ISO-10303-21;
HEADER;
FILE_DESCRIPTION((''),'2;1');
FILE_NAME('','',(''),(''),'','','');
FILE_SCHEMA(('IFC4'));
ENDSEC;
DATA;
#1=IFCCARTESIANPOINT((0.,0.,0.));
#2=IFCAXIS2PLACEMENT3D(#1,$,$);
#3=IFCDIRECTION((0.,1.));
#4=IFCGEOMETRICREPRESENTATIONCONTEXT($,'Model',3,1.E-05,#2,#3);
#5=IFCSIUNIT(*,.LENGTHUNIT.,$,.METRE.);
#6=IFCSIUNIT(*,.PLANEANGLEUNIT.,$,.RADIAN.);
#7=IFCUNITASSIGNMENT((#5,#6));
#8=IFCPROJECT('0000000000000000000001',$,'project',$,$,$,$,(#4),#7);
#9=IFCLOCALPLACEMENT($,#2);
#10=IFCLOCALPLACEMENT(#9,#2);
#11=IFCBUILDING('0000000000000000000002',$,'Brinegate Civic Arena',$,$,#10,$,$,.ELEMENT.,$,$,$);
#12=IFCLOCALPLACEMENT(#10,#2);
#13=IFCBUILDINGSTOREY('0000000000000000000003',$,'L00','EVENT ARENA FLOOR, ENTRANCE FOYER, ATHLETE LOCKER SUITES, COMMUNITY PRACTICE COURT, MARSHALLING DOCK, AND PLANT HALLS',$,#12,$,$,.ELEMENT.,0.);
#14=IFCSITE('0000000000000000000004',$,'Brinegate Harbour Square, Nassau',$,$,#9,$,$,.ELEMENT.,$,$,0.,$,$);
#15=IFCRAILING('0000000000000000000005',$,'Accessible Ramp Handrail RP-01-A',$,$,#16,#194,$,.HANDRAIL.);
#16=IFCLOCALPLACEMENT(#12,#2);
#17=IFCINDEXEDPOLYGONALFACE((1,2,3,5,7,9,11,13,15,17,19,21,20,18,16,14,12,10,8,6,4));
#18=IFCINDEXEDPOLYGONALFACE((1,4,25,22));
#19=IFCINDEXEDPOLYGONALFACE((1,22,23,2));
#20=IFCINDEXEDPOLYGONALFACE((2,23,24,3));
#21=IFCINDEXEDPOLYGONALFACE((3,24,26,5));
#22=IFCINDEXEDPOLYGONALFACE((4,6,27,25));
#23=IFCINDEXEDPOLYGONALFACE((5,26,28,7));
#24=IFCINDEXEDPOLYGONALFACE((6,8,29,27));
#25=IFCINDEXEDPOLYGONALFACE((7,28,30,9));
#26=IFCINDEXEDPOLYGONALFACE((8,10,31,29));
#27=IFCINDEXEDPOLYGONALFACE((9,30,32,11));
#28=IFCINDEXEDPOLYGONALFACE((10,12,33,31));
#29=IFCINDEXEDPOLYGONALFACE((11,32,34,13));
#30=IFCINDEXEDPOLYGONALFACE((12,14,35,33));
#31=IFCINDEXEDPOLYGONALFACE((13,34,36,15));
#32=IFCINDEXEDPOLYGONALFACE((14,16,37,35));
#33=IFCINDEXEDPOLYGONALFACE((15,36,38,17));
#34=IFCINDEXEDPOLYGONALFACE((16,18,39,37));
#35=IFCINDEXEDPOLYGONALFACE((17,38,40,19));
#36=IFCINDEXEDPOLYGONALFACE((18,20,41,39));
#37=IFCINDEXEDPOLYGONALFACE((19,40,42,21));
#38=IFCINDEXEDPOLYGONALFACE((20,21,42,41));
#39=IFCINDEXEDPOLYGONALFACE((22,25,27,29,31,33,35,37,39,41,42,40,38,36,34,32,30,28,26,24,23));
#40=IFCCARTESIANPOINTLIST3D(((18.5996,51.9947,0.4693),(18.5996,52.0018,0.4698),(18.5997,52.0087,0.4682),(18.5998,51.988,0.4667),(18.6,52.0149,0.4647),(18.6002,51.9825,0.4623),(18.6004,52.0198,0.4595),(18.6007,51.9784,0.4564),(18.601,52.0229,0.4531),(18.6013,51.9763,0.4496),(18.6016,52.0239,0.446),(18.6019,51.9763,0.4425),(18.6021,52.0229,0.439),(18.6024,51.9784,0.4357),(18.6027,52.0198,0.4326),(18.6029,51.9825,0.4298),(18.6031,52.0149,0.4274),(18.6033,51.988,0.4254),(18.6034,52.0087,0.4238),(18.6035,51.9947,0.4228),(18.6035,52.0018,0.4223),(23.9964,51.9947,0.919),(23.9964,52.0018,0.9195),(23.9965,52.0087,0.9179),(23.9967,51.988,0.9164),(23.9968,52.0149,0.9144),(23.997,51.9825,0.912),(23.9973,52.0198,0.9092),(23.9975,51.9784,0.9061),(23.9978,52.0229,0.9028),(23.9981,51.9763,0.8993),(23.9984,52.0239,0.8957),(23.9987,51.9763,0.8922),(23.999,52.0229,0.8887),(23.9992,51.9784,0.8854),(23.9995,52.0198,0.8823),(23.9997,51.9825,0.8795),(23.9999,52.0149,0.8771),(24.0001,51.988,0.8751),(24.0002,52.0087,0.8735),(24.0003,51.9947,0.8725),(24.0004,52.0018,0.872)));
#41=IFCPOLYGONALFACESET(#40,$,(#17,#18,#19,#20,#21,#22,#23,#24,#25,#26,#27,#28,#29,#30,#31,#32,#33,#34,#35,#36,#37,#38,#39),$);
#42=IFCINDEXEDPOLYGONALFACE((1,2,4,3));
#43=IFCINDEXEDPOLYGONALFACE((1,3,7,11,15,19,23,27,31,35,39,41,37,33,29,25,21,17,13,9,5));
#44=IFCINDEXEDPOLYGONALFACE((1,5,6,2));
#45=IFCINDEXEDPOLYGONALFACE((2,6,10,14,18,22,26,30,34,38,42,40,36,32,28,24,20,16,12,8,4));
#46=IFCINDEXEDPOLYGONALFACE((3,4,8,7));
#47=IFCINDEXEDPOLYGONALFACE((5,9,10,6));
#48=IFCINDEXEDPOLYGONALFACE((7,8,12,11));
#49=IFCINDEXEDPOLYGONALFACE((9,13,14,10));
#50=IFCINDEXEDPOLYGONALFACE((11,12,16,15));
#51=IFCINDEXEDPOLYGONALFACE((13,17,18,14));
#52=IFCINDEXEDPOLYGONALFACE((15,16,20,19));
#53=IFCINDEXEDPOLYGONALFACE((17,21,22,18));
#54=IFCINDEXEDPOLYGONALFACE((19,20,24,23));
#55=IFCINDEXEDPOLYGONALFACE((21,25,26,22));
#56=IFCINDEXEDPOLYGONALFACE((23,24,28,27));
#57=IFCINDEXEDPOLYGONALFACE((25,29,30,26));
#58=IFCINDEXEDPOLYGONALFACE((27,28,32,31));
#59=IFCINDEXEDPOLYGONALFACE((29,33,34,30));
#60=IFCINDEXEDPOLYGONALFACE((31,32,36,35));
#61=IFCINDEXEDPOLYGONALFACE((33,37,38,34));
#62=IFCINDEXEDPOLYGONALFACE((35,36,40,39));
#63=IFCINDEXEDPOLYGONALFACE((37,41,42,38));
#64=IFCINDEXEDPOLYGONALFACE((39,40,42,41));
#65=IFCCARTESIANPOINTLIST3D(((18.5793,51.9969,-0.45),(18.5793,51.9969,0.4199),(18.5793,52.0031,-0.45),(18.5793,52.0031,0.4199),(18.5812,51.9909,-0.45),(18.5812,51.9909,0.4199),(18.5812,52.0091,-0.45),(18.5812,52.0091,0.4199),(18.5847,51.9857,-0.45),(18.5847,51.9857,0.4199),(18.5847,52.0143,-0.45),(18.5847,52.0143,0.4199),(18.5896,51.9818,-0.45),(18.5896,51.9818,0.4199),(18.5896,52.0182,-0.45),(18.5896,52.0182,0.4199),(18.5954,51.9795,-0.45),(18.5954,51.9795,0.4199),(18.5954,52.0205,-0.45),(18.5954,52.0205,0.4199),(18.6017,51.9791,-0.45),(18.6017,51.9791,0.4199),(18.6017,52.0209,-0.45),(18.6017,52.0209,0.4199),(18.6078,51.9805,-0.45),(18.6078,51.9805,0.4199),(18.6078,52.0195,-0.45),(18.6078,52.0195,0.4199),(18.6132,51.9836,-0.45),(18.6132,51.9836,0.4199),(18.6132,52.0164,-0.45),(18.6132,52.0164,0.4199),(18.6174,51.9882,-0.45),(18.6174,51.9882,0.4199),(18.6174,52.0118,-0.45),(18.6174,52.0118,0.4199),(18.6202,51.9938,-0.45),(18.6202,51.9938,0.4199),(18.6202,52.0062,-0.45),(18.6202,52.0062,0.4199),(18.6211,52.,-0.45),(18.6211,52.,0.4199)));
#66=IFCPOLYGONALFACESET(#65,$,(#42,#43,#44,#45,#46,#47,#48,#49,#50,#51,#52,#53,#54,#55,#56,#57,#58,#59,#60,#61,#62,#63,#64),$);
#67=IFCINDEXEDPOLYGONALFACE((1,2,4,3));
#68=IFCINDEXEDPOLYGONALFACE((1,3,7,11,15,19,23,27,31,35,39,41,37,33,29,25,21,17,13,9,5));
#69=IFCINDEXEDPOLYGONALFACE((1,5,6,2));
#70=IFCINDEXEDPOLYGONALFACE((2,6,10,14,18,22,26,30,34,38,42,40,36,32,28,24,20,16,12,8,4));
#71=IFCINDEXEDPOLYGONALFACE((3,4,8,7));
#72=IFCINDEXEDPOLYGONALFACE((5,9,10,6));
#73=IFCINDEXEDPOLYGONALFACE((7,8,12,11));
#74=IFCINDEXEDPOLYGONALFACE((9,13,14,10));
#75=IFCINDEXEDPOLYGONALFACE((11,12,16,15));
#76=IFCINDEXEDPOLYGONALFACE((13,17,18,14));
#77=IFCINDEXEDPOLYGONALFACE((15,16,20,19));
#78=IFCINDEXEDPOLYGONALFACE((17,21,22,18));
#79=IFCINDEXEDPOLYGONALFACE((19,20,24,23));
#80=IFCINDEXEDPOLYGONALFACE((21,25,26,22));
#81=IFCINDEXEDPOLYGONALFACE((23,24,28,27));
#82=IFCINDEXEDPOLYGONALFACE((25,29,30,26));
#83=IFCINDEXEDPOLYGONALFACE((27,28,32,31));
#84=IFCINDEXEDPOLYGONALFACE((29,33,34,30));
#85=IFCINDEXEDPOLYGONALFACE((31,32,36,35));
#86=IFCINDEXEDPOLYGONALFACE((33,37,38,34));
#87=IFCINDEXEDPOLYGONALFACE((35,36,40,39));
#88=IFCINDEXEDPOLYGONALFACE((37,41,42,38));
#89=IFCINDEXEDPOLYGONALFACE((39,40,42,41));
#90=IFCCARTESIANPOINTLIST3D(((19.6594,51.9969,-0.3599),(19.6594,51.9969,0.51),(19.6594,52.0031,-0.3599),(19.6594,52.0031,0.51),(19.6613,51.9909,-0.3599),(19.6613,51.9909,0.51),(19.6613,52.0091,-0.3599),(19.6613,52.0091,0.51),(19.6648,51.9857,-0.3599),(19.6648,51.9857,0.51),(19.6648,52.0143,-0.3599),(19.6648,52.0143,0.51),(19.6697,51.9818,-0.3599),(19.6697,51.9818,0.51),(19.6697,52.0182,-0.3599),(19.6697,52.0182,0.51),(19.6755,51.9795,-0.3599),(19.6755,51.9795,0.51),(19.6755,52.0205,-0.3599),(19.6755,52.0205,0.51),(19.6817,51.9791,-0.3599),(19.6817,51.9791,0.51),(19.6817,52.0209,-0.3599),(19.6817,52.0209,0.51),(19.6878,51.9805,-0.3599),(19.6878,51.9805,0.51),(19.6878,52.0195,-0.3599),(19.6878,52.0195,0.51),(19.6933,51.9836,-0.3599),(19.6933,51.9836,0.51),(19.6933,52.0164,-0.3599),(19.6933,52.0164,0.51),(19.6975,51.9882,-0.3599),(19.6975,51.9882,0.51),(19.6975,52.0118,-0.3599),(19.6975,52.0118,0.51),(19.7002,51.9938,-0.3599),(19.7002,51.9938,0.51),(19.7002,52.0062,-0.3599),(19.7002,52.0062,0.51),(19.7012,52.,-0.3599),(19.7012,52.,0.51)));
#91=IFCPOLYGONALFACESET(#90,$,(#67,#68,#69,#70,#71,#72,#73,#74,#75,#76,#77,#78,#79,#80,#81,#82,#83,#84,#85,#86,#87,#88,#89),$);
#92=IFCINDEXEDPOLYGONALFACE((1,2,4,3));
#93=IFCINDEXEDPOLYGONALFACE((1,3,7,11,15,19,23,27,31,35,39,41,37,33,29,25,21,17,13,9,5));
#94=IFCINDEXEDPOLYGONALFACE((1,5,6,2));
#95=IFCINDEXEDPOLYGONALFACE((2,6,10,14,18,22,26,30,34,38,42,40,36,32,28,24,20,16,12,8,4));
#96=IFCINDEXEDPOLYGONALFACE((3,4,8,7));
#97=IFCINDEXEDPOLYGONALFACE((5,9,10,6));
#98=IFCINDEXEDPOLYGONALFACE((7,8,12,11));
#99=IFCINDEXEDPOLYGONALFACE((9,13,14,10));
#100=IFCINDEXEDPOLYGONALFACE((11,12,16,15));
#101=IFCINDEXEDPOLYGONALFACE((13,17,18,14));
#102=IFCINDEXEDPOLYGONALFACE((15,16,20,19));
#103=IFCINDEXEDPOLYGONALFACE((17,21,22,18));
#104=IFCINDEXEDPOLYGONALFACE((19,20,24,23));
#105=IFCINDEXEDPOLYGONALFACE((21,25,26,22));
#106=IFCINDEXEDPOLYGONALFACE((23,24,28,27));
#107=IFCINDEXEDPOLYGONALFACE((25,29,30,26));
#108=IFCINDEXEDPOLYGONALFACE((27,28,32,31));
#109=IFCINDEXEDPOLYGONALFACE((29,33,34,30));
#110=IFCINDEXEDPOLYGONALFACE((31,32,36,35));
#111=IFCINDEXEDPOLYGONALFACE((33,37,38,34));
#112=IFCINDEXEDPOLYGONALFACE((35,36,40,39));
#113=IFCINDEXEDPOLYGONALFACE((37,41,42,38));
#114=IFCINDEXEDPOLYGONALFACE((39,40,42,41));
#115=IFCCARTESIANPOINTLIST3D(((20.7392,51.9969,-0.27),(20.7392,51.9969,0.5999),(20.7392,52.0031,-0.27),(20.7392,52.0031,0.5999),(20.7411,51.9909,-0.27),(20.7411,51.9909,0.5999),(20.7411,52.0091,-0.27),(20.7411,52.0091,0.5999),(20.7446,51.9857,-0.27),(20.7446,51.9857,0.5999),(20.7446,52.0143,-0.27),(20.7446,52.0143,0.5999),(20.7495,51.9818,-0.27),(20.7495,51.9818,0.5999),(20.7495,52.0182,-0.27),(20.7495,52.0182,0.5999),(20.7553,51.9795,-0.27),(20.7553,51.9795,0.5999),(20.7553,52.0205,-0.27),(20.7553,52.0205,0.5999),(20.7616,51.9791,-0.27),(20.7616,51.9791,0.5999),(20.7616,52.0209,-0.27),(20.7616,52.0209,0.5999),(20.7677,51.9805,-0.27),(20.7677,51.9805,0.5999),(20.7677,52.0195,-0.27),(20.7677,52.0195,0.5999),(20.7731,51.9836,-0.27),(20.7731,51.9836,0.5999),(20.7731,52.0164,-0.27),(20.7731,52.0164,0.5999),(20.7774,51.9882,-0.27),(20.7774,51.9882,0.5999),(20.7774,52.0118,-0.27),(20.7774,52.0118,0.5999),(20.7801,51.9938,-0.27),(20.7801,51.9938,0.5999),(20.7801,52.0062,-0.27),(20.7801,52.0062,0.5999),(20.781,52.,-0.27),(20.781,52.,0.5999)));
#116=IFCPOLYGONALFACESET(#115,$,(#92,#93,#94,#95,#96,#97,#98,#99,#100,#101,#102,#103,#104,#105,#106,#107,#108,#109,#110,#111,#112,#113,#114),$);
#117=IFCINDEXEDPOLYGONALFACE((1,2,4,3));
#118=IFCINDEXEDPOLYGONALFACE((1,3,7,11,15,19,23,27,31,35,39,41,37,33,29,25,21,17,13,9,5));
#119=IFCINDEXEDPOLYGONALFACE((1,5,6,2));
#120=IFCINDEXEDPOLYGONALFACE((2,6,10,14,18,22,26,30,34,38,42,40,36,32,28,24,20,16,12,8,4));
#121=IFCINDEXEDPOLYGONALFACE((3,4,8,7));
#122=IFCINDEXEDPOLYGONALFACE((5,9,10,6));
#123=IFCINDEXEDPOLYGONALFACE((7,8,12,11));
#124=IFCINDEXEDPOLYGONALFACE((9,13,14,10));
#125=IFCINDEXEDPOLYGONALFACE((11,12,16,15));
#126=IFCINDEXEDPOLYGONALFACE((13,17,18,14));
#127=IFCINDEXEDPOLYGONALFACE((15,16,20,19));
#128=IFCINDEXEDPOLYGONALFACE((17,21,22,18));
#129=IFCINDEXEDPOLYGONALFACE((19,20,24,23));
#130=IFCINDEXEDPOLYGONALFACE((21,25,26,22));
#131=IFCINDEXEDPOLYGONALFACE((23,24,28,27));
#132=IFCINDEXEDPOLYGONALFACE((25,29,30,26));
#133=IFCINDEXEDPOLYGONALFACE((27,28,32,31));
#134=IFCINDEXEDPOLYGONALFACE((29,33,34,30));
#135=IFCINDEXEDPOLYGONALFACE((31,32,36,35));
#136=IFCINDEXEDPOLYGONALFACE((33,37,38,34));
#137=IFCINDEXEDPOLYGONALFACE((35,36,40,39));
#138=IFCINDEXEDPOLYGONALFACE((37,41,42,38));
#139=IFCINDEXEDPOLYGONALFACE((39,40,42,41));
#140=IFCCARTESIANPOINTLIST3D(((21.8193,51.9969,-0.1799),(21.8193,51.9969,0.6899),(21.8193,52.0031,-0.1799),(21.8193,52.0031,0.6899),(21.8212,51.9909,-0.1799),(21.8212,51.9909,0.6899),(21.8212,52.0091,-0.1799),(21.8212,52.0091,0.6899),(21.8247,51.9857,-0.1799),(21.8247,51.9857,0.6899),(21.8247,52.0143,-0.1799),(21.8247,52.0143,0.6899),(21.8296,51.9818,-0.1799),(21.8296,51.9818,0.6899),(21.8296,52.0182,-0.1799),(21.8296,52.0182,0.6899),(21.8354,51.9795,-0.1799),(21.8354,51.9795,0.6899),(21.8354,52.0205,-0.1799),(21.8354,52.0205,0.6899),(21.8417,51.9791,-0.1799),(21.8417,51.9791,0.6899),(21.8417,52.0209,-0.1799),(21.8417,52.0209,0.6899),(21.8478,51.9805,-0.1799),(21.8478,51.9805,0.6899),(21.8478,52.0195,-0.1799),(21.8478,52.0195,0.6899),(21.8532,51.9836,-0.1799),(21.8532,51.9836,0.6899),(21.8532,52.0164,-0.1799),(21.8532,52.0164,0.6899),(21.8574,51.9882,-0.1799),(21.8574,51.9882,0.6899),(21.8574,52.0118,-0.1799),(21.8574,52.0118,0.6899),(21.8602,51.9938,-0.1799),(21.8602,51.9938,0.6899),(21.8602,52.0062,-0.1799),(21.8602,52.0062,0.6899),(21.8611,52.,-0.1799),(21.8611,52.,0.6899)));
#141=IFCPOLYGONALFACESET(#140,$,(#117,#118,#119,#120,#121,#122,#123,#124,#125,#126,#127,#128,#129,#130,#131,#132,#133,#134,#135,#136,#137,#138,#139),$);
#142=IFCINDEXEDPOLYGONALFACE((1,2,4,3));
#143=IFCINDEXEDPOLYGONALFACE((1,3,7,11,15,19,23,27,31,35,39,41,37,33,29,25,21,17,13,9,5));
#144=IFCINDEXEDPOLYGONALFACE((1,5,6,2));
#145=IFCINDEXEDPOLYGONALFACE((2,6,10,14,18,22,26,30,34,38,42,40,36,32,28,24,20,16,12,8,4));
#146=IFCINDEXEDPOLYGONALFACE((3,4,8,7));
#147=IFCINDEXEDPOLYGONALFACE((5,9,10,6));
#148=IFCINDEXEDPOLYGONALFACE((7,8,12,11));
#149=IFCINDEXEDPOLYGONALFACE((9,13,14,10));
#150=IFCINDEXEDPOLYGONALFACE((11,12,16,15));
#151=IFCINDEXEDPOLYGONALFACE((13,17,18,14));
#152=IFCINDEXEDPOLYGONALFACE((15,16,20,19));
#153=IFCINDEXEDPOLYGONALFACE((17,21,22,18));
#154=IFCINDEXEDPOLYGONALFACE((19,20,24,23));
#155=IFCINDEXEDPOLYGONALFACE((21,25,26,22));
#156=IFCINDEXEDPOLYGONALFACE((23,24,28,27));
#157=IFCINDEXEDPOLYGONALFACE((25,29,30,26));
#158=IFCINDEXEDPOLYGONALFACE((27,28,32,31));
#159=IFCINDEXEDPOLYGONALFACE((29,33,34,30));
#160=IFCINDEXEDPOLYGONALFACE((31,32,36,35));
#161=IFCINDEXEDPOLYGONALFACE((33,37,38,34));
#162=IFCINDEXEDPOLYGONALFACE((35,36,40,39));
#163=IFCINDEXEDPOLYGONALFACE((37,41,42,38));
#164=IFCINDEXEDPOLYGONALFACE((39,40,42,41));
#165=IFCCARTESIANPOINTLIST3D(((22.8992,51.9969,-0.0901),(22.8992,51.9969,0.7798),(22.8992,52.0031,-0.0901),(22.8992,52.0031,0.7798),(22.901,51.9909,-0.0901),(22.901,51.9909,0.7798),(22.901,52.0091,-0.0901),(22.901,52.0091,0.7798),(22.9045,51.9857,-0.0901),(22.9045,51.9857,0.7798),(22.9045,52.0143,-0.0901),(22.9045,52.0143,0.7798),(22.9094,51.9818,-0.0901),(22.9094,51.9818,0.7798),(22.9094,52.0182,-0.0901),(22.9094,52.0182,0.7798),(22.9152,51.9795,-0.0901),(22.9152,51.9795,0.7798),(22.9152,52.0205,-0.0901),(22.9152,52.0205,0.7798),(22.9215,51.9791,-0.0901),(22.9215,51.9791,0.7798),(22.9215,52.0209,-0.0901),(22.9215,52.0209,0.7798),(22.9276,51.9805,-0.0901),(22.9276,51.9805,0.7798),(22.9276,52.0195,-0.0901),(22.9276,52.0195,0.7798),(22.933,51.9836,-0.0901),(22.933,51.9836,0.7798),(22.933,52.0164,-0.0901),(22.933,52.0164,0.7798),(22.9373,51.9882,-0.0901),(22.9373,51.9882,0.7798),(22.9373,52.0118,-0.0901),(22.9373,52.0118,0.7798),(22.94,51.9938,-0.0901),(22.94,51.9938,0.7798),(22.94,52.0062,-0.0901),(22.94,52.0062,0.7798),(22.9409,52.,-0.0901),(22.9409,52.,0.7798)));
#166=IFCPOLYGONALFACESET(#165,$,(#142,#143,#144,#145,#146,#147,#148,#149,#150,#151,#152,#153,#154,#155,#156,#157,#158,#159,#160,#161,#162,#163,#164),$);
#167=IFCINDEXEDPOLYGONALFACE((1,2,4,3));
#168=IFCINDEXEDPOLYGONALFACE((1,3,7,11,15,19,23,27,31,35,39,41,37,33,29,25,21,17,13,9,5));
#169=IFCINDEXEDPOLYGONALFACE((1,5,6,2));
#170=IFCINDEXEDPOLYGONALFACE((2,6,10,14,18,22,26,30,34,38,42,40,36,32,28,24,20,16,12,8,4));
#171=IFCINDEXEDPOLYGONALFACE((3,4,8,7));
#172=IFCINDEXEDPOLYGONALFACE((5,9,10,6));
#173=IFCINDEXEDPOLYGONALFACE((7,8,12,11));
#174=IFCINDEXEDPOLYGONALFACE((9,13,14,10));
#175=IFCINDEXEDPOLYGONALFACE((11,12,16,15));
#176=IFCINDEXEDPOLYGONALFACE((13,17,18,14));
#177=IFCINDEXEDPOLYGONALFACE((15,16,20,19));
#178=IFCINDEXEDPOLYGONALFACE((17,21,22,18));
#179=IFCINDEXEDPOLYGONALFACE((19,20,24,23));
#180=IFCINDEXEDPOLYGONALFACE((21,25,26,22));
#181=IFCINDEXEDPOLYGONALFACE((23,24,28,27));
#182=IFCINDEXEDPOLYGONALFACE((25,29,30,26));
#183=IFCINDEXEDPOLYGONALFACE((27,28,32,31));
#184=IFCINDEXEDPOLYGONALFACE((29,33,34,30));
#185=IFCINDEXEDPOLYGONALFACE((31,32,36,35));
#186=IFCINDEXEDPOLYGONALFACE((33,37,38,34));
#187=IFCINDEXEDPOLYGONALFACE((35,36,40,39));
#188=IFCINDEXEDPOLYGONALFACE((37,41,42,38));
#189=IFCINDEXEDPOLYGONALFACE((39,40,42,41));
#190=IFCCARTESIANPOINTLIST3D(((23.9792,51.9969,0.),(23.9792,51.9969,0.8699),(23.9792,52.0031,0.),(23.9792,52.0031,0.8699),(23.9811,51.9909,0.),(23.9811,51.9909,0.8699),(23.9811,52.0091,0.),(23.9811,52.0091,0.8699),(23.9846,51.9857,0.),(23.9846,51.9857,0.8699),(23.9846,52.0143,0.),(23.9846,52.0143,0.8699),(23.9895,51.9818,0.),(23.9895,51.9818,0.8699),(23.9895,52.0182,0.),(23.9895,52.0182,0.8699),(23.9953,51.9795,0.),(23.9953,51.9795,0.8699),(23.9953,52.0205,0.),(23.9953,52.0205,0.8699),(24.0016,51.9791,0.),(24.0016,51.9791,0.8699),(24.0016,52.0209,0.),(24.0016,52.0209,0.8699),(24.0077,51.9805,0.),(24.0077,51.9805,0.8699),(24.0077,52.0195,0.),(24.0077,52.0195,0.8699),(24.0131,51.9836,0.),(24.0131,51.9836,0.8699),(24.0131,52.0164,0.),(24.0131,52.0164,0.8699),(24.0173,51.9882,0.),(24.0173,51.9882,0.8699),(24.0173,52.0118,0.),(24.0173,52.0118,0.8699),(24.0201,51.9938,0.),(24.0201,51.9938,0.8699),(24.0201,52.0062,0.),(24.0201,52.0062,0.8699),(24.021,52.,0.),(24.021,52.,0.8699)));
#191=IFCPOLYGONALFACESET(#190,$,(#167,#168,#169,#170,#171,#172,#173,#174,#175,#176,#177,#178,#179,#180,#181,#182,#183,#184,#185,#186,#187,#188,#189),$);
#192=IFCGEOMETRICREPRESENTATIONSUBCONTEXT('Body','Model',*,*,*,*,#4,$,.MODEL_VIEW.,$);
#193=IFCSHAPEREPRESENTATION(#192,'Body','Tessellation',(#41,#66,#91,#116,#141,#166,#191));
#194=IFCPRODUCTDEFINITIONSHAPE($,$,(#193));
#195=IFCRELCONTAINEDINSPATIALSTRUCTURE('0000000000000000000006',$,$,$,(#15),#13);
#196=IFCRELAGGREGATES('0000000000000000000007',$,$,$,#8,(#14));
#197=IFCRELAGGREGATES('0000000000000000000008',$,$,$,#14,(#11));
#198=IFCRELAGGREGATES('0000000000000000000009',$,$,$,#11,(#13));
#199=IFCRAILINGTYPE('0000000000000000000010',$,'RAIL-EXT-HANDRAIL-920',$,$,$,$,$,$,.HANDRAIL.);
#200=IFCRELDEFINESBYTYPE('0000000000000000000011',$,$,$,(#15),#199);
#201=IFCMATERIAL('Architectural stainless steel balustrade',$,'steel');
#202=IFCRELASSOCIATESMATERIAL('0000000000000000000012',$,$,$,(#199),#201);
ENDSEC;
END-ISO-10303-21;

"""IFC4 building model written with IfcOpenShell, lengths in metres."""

from ifc_helpers import new_model, si_unit, direction, frame, origin, origin_2d, place, context, subcontext, project, spatial, circle, extrude, material, type_object, element, save


model = new_model("IFC4")

# Units and contexts
model_context = context("Model", 3, precision=1e-05, world=origin(), true_north=direction((0.0, 1.0)))
body_context = subcontext(model_context, "Body", "Model", "MODEL_VIEW")
ifc_project = project(units=[si_unit("LENGTHUNIT", "METRE"), si_unit("PLANEANGLEUNIT", "RADIAN")], contexts=[model_context])

# Site, building, storey
site_placement = place(None, origin())
site = spatial("IfcSite", under=ifc_project, at=site_placement, Name="Brinegate Harbour Square, Nassau", CompositionType="ELEMENT", RefElevation=0.0)
building_placement = place(site_placement, origin())
building = spatial("IfcBuilding", under=site, at=building_placement, Name="Brinegate Civic Arena", CompositionType="ELEMENT")
storey_placement = place(building_placement, origin())
storey = spatial("IfcBuildingStorey", under=building, at=storey_placement, Name="L00", Description="EVENT ARENA FLOOR, ENTRANCE FOYER, ATHLETE LOCKER SUITES, COMMUNITY PRACTICE COURT, MARSHALLING DOCK, AND PLANT HALLS", CompositionType="ELEMENT", Elevation=0.0)

# Railing
ifc_material_1 = material(Name="Architectural stainless steel balustrade", Category="steel")
railing_type = type_object("IfcRailingType", Name="RAIL-EXT-HANDRAIL-920", PredefinedType="HANDRAIL", material=ifc_material_1)
for number, where, name in (
    (1, (18.6001, 52.0, -0.45), "Accessible Ramp Handrail RP-01-A"),
):
    element("IfcRailing", number, at=place(storey_placement, frame(where)), inside=storey, type_object=railing_type, Name=name, PredefinedType="HANDRAIL", context=body_context, shape_type="SweptSolid", body=[
        extrude(circle(Radius=0.0239, at=origin_2d()), frame((0.0015, 0.0, 0.896), z_axis=(0.996546, 0.0, 0.083038), x_axis=(0.0, 1.0, 0.0)), (0.0, 0.0, 1.0), 5.4155),
        extrude(circle(Radius=0.021, at=origin_2d()), origin(), (0.0, 0.0, 1.0), 0.8699),
        extrude(circle(Radius=0.021, at=origin_2d()), frame((1.0801, 0.0, 0.0901)), (0.0, 0.0, 1.0), 0.8699),
        extrude(circle(Radius=0.021, at=origin_2d()), frame((2.1599, 0.0, 0.1799)), (0.0, 0.0, 1.0), 0.8699),
        extrude(circle(Radius=0.021, at=origin_2d()), frame((3.24, 0.0, 0.27)), (0.0, 0.0, 1.0), 0.8699),
        extrude(circle(Radius=0.021, at=origin_2d()), frame((4.3198, 0.0, 0.3599)), (0.0, 0.0, 1.0), 0.8699),
        extrude(circle(Radius=0.021, at=origin_2d()), frame((5.3999, 0.0, 0.45)), (0.0, 0.0, 1.0), 0.8699),
    ])

save(model, "model.ifc")
